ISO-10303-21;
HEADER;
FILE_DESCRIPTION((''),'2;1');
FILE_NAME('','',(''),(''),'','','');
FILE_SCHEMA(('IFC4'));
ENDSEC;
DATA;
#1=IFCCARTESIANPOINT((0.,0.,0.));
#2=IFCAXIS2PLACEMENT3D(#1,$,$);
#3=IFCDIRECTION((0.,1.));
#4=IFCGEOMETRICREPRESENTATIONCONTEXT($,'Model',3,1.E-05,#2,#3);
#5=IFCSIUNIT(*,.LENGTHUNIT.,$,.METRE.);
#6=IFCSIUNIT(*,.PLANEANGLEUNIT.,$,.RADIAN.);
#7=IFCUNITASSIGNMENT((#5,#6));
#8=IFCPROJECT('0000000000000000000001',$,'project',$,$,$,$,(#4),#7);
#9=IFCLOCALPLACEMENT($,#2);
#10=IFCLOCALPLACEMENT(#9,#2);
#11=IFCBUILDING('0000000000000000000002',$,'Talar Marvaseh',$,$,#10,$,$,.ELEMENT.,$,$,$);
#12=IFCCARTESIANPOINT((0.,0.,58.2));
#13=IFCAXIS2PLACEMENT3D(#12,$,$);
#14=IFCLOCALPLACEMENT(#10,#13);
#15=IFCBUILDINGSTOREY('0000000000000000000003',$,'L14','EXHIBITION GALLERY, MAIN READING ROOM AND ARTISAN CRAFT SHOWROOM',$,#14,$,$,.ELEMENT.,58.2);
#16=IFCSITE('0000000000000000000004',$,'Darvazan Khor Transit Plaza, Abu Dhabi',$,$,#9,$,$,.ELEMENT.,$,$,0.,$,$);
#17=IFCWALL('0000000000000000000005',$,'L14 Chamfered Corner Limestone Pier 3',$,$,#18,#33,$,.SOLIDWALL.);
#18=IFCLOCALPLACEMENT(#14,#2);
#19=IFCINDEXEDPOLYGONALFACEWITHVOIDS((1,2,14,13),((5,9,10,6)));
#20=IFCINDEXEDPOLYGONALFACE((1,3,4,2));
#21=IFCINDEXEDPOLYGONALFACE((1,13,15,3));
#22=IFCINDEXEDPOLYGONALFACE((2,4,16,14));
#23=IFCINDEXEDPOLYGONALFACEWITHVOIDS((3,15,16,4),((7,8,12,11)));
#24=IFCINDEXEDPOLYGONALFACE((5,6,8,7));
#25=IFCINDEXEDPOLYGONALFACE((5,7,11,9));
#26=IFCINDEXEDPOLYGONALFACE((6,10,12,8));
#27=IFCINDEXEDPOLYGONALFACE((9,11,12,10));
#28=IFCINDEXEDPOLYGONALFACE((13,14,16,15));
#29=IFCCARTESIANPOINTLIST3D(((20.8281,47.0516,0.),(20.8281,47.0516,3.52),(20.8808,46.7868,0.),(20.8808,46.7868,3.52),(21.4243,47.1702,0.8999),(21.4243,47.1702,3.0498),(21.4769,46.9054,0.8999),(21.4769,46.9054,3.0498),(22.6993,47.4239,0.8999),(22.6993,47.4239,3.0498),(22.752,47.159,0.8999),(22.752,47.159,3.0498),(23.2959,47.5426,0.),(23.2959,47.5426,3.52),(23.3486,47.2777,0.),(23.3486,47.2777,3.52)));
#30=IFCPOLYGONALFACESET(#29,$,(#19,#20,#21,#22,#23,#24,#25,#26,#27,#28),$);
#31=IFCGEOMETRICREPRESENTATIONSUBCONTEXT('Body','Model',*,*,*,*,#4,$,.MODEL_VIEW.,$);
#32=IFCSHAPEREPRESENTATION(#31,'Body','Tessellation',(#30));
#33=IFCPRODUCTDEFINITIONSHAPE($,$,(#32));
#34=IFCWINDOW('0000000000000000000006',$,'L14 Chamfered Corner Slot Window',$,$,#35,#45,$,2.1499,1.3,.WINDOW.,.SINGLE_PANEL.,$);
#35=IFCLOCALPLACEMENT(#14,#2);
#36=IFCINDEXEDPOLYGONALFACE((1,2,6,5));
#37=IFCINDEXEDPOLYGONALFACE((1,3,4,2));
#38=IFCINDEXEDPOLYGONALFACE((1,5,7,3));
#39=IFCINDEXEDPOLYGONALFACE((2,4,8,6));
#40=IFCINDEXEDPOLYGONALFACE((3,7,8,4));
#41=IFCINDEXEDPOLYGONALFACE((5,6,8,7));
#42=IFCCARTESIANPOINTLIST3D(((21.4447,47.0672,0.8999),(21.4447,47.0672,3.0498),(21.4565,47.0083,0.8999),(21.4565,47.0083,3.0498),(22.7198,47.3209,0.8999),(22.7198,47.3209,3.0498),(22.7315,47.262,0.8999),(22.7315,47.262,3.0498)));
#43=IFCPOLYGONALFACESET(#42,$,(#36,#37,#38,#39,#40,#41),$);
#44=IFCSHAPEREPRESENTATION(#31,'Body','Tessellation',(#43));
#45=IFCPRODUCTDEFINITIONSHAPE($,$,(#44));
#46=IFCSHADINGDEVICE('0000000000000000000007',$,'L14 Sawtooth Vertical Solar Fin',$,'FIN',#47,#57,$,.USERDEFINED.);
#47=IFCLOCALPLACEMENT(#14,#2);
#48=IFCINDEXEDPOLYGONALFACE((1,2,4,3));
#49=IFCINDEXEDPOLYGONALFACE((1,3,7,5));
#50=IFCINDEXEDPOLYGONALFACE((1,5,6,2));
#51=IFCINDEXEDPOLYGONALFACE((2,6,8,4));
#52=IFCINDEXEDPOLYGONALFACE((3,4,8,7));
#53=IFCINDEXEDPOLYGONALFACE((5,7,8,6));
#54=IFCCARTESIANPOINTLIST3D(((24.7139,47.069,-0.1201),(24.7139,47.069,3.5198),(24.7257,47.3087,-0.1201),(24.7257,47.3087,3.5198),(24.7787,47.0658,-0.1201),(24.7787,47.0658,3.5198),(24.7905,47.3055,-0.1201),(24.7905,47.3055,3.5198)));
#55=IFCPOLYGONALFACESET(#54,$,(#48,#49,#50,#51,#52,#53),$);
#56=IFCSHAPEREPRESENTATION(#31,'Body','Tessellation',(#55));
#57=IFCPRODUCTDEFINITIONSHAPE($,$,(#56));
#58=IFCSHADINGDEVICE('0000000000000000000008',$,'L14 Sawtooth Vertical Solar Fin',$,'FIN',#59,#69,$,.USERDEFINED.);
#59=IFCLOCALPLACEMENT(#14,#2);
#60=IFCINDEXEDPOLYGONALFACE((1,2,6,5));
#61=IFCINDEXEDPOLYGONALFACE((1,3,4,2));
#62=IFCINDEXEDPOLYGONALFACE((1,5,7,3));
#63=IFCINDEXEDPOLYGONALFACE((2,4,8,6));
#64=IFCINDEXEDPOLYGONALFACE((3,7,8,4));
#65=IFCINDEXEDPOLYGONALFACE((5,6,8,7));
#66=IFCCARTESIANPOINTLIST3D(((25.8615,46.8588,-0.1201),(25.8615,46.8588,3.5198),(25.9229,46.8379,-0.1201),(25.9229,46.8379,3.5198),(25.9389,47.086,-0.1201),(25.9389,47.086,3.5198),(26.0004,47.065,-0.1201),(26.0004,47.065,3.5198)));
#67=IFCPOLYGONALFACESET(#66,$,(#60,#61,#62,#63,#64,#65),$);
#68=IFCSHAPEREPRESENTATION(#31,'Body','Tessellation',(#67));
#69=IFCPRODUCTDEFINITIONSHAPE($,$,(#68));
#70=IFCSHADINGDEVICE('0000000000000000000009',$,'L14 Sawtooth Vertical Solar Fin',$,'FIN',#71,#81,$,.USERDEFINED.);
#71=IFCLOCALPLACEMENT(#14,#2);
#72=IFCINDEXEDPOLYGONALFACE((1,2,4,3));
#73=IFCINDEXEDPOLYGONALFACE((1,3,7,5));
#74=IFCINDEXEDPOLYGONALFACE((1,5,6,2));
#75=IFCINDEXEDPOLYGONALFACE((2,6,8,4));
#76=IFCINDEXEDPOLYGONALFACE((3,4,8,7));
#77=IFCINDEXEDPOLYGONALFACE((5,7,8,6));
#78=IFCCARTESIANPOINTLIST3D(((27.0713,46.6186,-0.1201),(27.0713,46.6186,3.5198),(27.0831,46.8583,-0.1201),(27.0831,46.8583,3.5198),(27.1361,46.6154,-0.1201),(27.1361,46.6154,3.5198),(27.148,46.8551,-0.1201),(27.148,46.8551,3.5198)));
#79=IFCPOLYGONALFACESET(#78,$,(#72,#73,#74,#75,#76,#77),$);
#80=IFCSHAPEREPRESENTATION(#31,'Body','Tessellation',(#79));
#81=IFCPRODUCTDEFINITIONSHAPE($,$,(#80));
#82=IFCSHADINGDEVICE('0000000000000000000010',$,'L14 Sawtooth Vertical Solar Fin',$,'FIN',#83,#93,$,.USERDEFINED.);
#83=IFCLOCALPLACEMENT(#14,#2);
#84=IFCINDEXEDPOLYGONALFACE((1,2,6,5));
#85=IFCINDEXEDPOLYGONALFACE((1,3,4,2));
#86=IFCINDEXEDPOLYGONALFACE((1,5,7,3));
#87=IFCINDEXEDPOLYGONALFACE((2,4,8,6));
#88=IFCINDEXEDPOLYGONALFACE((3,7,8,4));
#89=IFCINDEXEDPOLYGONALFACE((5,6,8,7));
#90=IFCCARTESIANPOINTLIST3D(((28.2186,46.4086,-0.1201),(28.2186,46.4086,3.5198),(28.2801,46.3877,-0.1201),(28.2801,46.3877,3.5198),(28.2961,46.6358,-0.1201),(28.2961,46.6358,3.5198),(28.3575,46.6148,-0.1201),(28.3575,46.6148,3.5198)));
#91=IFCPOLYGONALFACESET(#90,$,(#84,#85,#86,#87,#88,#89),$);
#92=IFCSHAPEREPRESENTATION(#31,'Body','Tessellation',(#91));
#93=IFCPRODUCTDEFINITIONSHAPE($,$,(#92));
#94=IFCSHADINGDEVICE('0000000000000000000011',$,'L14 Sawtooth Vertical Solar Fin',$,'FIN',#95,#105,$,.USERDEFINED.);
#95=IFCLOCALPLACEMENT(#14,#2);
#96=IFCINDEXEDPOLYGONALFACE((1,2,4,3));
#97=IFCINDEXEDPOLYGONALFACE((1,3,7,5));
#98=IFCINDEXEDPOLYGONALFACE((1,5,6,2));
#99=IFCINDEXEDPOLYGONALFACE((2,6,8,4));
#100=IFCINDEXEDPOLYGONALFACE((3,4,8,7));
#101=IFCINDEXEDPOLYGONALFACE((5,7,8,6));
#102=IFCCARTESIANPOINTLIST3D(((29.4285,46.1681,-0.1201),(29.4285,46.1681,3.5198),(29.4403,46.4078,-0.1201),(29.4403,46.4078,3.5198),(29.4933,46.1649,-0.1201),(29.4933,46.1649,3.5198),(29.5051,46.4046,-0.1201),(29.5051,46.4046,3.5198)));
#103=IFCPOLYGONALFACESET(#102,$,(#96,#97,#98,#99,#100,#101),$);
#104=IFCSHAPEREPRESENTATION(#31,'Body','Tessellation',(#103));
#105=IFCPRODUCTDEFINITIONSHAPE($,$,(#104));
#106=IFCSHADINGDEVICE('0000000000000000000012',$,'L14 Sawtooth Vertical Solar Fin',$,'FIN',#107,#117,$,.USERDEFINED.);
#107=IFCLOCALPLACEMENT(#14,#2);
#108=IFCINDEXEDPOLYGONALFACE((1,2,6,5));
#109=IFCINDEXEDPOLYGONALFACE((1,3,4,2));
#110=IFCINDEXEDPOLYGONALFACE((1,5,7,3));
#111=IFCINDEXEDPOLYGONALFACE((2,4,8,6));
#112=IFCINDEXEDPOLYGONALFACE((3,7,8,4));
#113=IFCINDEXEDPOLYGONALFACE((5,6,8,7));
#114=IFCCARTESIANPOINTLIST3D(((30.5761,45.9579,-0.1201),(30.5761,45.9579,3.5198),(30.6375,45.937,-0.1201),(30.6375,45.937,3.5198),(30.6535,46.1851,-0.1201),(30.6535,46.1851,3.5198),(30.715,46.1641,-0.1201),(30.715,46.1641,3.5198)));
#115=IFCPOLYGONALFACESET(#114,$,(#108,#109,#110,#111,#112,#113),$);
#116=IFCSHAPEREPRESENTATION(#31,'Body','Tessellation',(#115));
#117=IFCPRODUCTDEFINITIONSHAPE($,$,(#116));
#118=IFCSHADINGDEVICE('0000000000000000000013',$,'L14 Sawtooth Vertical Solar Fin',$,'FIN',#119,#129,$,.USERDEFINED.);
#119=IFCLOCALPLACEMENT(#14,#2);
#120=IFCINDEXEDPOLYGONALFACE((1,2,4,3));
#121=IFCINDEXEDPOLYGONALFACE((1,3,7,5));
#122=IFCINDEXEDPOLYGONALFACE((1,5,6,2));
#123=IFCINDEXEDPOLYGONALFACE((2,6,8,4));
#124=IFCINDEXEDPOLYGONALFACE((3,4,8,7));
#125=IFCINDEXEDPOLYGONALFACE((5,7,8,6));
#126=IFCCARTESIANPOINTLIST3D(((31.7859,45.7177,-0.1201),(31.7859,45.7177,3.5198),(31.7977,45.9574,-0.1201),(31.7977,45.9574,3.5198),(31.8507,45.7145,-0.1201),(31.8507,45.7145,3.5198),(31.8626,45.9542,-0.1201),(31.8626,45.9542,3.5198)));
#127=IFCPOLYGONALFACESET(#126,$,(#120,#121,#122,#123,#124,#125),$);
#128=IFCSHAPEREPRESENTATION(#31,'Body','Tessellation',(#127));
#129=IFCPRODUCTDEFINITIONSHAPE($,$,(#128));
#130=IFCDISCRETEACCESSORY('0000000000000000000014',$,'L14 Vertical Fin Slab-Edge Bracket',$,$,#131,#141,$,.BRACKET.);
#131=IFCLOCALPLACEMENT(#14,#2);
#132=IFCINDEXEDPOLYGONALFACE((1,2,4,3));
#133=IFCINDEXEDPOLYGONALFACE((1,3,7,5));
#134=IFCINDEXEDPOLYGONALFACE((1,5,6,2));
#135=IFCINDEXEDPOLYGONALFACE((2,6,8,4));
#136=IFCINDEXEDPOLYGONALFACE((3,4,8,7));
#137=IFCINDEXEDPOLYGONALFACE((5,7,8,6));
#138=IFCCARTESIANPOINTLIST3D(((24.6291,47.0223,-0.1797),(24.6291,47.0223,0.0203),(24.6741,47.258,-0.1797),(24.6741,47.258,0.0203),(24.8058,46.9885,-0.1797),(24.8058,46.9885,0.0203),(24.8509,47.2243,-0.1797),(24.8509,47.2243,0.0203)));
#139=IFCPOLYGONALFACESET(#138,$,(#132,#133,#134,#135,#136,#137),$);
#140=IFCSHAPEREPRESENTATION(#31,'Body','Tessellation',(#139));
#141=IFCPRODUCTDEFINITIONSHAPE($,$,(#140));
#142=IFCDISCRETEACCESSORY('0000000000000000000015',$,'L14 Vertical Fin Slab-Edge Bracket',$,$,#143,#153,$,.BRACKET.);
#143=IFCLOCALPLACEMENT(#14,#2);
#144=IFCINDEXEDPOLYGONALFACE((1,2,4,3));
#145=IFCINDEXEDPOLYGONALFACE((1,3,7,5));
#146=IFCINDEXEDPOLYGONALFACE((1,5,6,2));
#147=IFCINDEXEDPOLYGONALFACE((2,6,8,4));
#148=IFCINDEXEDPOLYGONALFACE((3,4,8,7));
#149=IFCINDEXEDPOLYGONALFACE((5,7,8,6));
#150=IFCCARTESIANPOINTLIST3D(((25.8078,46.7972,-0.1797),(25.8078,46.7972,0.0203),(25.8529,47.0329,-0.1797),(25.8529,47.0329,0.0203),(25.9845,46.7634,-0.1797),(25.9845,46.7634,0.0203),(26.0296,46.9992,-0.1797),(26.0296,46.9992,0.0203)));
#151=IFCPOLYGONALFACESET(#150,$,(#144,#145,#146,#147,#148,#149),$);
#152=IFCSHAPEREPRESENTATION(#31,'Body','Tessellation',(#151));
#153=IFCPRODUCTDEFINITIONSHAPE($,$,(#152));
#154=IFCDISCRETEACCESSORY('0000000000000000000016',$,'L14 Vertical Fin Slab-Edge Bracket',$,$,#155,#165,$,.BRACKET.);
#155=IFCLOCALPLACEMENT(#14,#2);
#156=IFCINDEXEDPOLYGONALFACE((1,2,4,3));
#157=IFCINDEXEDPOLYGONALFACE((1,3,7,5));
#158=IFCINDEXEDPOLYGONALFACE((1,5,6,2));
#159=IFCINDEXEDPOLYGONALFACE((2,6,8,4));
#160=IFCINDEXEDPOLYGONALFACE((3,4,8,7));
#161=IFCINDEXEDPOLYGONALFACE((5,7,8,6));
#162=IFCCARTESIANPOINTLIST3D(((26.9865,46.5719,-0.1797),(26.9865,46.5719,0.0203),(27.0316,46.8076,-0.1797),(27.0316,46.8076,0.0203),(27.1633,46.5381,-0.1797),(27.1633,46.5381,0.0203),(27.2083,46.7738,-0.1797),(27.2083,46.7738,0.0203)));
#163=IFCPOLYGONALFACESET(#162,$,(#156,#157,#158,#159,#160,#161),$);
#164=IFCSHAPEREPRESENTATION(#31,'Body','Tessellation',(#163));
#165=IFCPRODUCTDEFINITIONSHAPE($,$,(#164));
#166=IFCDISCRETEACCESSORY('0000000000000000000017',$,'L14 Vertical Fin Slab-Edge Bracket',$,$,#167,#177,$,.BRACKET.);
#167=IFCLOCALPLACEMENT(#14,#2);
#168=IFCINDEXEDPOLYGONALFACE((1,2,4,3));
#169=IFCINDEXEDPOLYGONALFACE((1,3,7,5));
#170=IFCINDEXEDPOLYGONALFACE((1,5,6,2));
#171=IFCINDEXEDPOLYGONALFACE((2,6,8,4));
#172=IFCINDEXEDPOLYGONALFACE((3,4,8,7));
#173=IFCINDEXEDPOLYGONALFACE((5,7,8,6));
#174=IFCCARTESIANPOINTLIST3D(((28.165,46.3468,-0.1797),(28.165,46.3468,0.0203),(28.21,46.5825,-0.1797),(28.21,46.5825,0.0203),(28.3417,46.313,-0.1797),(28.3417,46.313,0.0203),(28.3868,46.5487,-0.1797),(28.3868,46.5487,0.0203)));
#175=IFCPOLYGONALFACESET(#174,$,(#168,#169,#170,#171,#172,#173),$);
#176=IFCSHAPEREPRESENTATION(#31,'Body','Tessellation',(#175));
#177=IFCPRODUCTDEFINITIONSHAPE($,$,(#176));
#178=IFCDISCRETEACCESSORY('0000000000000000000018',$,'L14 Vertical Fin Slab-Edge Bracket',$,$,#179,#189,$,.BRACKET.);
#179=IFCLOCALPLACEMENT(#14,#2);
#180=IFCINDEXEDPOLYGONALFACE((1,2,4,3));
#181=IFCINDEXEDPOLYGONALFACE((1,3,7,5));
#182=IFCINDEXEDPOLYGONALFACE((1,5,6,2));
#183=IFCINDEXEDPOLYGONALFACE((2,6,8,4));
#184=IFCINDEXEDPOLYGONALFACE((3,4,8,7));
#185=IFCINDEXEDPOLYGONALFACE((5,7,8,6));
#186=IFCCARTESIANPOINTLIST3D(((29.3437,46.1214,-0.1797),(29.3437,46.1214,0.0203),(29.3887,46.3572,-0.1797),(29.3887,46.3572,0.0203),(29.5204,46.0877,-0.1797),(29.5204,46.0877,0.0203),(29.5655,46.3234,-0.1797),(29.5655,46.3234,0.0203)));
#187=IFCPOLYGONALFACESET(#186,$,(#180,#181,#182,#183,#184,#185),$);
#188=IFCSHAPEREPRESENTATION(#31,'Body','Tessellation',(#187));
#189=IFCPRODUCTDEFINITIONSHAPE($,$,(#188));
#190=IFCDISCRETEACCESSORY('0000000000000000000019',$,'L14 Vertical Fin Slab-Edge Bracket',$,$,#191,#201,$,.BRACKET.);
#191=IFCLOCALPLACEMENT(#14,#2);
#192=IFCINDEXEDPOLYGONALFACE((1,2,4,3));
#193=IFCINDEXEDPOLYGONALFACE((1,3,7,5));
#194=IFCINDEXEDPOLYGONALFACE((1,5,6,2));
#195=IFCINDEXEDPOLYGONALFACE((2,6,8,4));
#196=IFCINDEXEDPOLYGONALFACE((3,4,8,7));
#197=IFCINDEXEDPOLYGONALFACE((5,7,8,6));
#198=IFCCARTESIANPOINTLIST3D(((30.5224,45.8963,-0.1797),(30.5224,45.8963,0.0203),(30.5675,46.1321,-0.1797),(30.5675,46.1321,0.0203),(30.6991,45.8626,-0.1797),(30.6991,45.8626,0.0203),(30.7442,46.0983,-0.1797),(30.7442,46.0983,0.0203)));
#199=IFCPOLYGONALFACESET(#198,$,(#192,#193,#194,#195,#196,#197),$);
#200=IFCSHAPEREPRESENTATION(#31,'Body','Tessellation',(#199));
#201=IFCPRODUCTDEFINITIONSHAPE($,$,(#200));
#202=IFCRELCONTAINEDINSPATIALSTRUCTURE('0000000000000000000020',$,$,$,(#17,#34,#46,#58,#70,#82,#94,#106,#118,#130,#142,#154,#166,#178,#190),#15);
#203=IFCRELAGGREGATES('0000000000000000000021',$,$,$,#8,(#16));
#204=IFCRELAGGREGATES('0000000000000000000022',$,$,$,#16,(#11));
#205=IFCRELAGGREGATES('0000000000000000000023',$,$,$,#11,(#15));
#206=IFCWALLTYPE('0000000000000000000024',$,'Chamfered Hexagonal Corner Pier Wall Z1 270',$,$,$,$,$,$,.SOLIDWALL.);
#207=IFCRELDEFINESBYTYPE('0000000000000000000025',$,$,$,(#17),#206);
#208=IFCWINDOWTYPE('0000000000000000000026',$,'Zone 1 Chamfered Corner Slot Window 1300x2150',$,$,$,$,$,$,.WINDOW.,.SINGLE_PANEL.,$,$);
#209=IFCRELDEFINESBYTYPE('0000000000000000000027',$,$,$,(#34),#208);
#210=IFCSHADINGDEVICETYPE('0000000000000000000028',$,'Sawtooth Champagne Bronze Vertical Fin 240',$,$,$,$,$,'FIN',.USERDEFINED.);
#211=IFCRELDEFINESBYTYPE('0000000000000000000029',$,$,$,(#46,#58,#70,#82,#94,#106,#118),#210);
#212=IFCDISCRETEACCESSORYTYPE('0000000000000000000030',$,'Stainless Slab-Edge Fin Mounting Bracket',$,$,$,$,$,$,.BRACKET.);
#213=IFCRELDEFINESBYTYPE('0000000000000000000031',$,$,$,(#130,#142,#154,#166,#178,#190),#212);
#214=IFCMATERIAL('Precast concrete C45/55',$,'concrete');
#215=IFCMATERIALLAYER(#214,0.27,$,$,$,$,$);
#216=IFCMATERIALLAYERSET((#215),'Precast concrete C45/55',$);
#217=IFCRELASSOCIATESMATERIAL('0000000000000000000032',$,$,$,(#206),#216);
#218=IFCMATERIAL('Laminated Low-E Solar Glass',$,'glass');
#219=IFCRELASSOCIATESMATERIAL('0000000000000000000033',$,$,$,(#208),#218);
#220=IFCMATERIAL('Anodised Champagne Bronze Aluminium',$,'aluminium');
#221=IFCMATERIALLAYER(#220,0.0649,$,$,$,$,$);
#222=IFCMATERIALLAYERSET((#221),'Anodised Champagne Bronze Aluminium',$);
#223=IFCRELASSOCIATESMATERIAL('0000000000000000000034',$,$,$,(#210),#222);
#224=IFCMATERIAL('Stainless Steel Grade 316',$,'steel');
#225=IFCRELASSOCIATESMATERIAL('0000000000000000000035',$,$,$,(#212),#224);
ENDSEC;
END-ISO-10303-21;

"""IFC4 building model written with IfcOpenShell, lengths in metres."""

from ifc_helpers import new_model, si_unit, direction, frame, frame_2d, origin, origin_2d, place, context, subcontext, project, spatial, rectangle, extrude, source, transform, mapped, material, layer, layer_set, type_object, type_shapes, element, fill, save


model = new_model("IFC4")

# Units and contexts
model_context = context("Model", 3, precision=1e-05, world=origin(), true_north=direction((0.0, 1.0)))
body_context = subcontext(model_context, "Body", "Model", "MODEL_VIEW")
ifc_project = project(units=[si_unit("LENGTHUNIT", "METRE"), si_unit("PLANEANGLEUNIT", "RADIAN")], contexts=[model_context])

# Site, building, storey
site_placement = place(None, origin())
site = spatial("IfcSite", under=ifc_project, at=site_placement, Name="Darvazan Khor Transit Plaza, Abu Dhabi", CompositionType="ELEMENT", RefElevation=0.0)
building_placement = place(site_placement, origin())
building = spatial("IfcBuilding", under=site, at=building_placement, Name="Talar Marvaseh", CompositionType="ELEMENT")
storey_placement = place(building_placement, frame((0.0, 0.0, 58.2)))
storey = spatial("IfcBuildingStorey", under=building, at=storey_placement, Name="L14", Description="EXHIBITION GALLERY, MAIN READING ROOM AND ARTISAN CRAFT SHOWROOM", CompositionType="ELEMENT", Elevation=58.2)

# Shared definitions
ifc_material_1 = material(Name="Laminated Low-E Solar Glass", Category="glass")

# Wall, opening, window
ifc_material_2 = material(Name="Precast concrete C45/55", Category="concrete")
ifc_layer_1 = layer(ifc_material_2, 0.27)
ifc_layer_set_1 = layer_set([ifc_layer_1], Name="Precast concrete C45/55")
wall_type = type_object("IfcWallType", Name="Chamfered Hexagonal Corner Pier Wall Z1 270", PredefinedType="SOLIDWALL", material=ifc_layer_set_1)
wall_placement = place(storey_placement, frame((20.8545, 46.9192, 0.0), z_axis=(0.0, 0.0, 1.0), x_axis=(0.980778, 0.195127, 0.0)))
wall = element("IfcWall", 1, at=wall_placement, inside=storey, type_object=wall_type, Name="L14 Chamfered Corner Limestone Pier 3", PredefinedType="SOLIDWALL", context=body_context, shape_type="SweptSolid", body=[
    extrude(rectangle(XDim=2.5161, YDim=0.27, at=frame_2d((1.2581, 0.0))), origin(), (0.0, 0.0, 1.0), 3.52),
])
opening_placement = place(wall_placement, frame((0.6079, 0.0, 0.8999)))
opening = element("IfcOpeningElement", 2, at=opening_placement, cuts=wall, PredefinedType="OPENING", context=body_context, shape_type="SweptSolid", body=[
    extrude(rectangle(XDim=1.3, YDim=2.1499, at=frame_2d((0.6499, 1.075))), frame((0.0, 0.145, 0.0), z_axis=(0.0, -1.0, 0.0), x_axis=(1.0, 0.0, 0.0)), (0.0, 0.0, 1.0), 0.29),
])
window_type = type_object("IfcWindowType", Name="Zone 1 Chamfered Corner Slot Window 1300x2150", PartitioningType="SINGLE_PANEL", PredefinedType="WINDOW", material=ifc_material_1)
shared_shape_1 = source(origin(), body_context, "Body", "SweptSolid", [
    extrude(rectangle(XDim=1.3, YDim=2.1499, at=frame_2d((0.6499, 1.075))), frame((0.0, 0.03, 0.0), z_axis=(0.0, -1.0, 0.0), x_axis=(1.0, 0.0, 0.0)), (0.0, 0.0, 1.0), 0.0601),
])
type_shapes(window_type, [shared_shape_1])
window_placement = place(opening_placement, origin())
window = element("IfcWindow", 3, at=window_placement, inside=storey, type_object=window_type, Name="L14 Chamfered Corner Slot Window", OverallHeight=2.1499, OverallWidth=1.3, PartitioningType="SINGLE_PANEL", PredefinedType="WINDOW", context=body_context, shape_type="MappedRepresentation", body=[
    mapped(shared_shape_1, transform((0.0, 0.0, 0.0), x_axis=(1.0, 0.0, 0.0), y_axis=(0.0, 1.0, 0.0), z_axis=(0.0, 0.0, 1.0), scale=1.0)),
])
fill(opening, window)

# Shading devices
ifc_material_3 = material(Name="Anodised Champagne Bronze Aluminium", Category="aluminium")
ifc_layer_2 = layer(ifc_material_3, 0.0649)
ifc_layer_set_2 = layer_set([ifc_layer_2], Name="Anodised Champagne Bronze Aluminium")
shading_device_type = type_object("IfcShadingDeviceType", Name="Sawtooth Champagne Bronze Vertical Fin 240", ElementType="FIN", PredefinedType="USERDEFINED", material=ifc_layer_set_2)
shared_shape_2 = source(origin(), body_context, "Body", "SweptSolid", [
    extrude(rectangle(XDim=0.24, YDim=0.0649, at=origin_2d()), origin(), (0.0, 0.0, 1.0), 3.6399),
])
type_shapes(shading_device_type, [shared_shape_2])
for number, where, z_axis, x_axis, name in (
    (4, (24.7522, 47.1873, -0.1201), (0.0, 0.0, 1.0), (0.049198, 0.998789, 0.0), "L14 Sawtooth Vertical Solar Fin"),
    (5, (25.9309, 46.9619, -0.1201), (0.0, 0.0, 1.0), (0.322596, 0.946537, 0.0), "L14 Sawtooth Vertical Solar Fin"),
    (6, (27.1096, 46.7368, -0.1201), (0.0, 0.0, 1.0), (0.049198, 0.998789, 0.0), "L14 Sawtooth Vertical Solar Fin"),
    (7, (28.2881, 46.5117, -0.1201), (0.0, 0.0, 1.0), (0.322596, 0.946537, 0.0), "L14 Sawtooth Vertical Solar Fin"),
    (8, (29.4668, 46.2864, -0.1201), (0.0, 0.0, 1.0), (0.049198, 0.998789, 0.0), "L14 Sawtooth Vertical Solar Fin"),
    (9, (30.6455, 46.061, -0.1201), (0.0, 0.0, 1.0), (0.322596, 0.946537, 0.0), "L14 Sawtooth Vertical Solar Fin"),
    (10, (31.8242, 45.8359, -0.1201), (0.0, 0.0, 1.0), (0.049198, 0.998789, 0.0), "L14 Sawtooth Vertical Solar Fin"),
):
    element("IfcShadingDevice", number, at=place(storey_placement, frame(where, z_axis=z_axis, x_axis=x_axis)), inside=storey, type_object=shading_device_type, Name=name, ObjectType="FIN", PredefinedType="USERDEFINED", context=body_context, shape_type="MappedRepresentation", body=[
        mapped(shared_shape_2, transform((0.0, 0.0, 0.0), x_axis=(1.0, 0.0, 0.0), y_axis=(0.0, 1.0, 0.0), z_axis=(0.0, 0.0, 1.0), scale=1.0)),
    ])

# Discrete accessories
ifc_material_4 = material(Name="Stainless Steel Grade 316", Category="steel")
discrete_accessory_type = type_object("IfcDiscreteAccessoryType", Name="Stainless Slab-Edge Fin Mounting Bracket", PredefinedType="BRACKET", material=ifc_material_4)
shared_shape_3 = source(origin(), body_context, "Body", "SweptSolid", [
    extrude(rectangle(XDim=0.24, YDim=0.1799, at=origin_2d()), origin(), (0.0, 0.0, 1.0), 0.2),
])
type_shapes(discrete_accessory_type, [shared_shape_3])
for number, where, z_axis, x_axis, name in (
    (11, (24.74, 47.1233, -0.1797), (0.0, 0.0, 1.0), (0.187724, 0.982222, 0.0), "L14 Vertical Fin Slab-Edge Bracket"),
    (12, (25.9187, 46.8982, -0.1797), (0.0, 0.0, 1.0), (0.187724, 0.982222, 0.0), "L14 Vertical Fin Slab-Edge Bracket"),
    (13, (27.0974, 46.6729, -0.1797), (0.0, 0.0, 1.0), (0.187724, 0.982222, 0.0), "L14 Vertical Fin Slab-Edge Bracket"),
    (14, (28.2759, 46.4478, -0.1797), (0.0, 0.0, 1.0), (0.187724, 0.982222, 0.0), "L14 Vertical Fin Slab-Edge Bracket"),
    (15, (29.4546, 46.2224, -0.1797), (0.0, 0.0, 1.0), (0.187724, 0.982222, 0.0), "L14 Vertical Fin Slab-Edge Bracket"),
    (16, (30.6333, 45.9973, -0.1797), (0.0, 0.0, 1.0), (0.187724, 0.982222, 0.0), "L14 Vertical Fin Slab-Edge Bracket"),
):
    element("IfcDiscreteAccessory", number, at=place(storey_placement, frame(where, z_axis=z_axis, x_axis=x_axis)), inside=storey, type_object=discrete_accessory_type, Name=name, PredefinedType="BRACKET", context=body_context, shape_type="MappedRepresentation", body=[
        mapped(shared_shape_3, transform((0.0, 0.0, 0.0), x_axis=(1.0, 0.0, 0.0), y_axis=(0.0, 1.0, 0.0), z_axis=(0.0, 0.0, 1.0), scale=1.0)),
    ])

save(model, "model.ifc")
